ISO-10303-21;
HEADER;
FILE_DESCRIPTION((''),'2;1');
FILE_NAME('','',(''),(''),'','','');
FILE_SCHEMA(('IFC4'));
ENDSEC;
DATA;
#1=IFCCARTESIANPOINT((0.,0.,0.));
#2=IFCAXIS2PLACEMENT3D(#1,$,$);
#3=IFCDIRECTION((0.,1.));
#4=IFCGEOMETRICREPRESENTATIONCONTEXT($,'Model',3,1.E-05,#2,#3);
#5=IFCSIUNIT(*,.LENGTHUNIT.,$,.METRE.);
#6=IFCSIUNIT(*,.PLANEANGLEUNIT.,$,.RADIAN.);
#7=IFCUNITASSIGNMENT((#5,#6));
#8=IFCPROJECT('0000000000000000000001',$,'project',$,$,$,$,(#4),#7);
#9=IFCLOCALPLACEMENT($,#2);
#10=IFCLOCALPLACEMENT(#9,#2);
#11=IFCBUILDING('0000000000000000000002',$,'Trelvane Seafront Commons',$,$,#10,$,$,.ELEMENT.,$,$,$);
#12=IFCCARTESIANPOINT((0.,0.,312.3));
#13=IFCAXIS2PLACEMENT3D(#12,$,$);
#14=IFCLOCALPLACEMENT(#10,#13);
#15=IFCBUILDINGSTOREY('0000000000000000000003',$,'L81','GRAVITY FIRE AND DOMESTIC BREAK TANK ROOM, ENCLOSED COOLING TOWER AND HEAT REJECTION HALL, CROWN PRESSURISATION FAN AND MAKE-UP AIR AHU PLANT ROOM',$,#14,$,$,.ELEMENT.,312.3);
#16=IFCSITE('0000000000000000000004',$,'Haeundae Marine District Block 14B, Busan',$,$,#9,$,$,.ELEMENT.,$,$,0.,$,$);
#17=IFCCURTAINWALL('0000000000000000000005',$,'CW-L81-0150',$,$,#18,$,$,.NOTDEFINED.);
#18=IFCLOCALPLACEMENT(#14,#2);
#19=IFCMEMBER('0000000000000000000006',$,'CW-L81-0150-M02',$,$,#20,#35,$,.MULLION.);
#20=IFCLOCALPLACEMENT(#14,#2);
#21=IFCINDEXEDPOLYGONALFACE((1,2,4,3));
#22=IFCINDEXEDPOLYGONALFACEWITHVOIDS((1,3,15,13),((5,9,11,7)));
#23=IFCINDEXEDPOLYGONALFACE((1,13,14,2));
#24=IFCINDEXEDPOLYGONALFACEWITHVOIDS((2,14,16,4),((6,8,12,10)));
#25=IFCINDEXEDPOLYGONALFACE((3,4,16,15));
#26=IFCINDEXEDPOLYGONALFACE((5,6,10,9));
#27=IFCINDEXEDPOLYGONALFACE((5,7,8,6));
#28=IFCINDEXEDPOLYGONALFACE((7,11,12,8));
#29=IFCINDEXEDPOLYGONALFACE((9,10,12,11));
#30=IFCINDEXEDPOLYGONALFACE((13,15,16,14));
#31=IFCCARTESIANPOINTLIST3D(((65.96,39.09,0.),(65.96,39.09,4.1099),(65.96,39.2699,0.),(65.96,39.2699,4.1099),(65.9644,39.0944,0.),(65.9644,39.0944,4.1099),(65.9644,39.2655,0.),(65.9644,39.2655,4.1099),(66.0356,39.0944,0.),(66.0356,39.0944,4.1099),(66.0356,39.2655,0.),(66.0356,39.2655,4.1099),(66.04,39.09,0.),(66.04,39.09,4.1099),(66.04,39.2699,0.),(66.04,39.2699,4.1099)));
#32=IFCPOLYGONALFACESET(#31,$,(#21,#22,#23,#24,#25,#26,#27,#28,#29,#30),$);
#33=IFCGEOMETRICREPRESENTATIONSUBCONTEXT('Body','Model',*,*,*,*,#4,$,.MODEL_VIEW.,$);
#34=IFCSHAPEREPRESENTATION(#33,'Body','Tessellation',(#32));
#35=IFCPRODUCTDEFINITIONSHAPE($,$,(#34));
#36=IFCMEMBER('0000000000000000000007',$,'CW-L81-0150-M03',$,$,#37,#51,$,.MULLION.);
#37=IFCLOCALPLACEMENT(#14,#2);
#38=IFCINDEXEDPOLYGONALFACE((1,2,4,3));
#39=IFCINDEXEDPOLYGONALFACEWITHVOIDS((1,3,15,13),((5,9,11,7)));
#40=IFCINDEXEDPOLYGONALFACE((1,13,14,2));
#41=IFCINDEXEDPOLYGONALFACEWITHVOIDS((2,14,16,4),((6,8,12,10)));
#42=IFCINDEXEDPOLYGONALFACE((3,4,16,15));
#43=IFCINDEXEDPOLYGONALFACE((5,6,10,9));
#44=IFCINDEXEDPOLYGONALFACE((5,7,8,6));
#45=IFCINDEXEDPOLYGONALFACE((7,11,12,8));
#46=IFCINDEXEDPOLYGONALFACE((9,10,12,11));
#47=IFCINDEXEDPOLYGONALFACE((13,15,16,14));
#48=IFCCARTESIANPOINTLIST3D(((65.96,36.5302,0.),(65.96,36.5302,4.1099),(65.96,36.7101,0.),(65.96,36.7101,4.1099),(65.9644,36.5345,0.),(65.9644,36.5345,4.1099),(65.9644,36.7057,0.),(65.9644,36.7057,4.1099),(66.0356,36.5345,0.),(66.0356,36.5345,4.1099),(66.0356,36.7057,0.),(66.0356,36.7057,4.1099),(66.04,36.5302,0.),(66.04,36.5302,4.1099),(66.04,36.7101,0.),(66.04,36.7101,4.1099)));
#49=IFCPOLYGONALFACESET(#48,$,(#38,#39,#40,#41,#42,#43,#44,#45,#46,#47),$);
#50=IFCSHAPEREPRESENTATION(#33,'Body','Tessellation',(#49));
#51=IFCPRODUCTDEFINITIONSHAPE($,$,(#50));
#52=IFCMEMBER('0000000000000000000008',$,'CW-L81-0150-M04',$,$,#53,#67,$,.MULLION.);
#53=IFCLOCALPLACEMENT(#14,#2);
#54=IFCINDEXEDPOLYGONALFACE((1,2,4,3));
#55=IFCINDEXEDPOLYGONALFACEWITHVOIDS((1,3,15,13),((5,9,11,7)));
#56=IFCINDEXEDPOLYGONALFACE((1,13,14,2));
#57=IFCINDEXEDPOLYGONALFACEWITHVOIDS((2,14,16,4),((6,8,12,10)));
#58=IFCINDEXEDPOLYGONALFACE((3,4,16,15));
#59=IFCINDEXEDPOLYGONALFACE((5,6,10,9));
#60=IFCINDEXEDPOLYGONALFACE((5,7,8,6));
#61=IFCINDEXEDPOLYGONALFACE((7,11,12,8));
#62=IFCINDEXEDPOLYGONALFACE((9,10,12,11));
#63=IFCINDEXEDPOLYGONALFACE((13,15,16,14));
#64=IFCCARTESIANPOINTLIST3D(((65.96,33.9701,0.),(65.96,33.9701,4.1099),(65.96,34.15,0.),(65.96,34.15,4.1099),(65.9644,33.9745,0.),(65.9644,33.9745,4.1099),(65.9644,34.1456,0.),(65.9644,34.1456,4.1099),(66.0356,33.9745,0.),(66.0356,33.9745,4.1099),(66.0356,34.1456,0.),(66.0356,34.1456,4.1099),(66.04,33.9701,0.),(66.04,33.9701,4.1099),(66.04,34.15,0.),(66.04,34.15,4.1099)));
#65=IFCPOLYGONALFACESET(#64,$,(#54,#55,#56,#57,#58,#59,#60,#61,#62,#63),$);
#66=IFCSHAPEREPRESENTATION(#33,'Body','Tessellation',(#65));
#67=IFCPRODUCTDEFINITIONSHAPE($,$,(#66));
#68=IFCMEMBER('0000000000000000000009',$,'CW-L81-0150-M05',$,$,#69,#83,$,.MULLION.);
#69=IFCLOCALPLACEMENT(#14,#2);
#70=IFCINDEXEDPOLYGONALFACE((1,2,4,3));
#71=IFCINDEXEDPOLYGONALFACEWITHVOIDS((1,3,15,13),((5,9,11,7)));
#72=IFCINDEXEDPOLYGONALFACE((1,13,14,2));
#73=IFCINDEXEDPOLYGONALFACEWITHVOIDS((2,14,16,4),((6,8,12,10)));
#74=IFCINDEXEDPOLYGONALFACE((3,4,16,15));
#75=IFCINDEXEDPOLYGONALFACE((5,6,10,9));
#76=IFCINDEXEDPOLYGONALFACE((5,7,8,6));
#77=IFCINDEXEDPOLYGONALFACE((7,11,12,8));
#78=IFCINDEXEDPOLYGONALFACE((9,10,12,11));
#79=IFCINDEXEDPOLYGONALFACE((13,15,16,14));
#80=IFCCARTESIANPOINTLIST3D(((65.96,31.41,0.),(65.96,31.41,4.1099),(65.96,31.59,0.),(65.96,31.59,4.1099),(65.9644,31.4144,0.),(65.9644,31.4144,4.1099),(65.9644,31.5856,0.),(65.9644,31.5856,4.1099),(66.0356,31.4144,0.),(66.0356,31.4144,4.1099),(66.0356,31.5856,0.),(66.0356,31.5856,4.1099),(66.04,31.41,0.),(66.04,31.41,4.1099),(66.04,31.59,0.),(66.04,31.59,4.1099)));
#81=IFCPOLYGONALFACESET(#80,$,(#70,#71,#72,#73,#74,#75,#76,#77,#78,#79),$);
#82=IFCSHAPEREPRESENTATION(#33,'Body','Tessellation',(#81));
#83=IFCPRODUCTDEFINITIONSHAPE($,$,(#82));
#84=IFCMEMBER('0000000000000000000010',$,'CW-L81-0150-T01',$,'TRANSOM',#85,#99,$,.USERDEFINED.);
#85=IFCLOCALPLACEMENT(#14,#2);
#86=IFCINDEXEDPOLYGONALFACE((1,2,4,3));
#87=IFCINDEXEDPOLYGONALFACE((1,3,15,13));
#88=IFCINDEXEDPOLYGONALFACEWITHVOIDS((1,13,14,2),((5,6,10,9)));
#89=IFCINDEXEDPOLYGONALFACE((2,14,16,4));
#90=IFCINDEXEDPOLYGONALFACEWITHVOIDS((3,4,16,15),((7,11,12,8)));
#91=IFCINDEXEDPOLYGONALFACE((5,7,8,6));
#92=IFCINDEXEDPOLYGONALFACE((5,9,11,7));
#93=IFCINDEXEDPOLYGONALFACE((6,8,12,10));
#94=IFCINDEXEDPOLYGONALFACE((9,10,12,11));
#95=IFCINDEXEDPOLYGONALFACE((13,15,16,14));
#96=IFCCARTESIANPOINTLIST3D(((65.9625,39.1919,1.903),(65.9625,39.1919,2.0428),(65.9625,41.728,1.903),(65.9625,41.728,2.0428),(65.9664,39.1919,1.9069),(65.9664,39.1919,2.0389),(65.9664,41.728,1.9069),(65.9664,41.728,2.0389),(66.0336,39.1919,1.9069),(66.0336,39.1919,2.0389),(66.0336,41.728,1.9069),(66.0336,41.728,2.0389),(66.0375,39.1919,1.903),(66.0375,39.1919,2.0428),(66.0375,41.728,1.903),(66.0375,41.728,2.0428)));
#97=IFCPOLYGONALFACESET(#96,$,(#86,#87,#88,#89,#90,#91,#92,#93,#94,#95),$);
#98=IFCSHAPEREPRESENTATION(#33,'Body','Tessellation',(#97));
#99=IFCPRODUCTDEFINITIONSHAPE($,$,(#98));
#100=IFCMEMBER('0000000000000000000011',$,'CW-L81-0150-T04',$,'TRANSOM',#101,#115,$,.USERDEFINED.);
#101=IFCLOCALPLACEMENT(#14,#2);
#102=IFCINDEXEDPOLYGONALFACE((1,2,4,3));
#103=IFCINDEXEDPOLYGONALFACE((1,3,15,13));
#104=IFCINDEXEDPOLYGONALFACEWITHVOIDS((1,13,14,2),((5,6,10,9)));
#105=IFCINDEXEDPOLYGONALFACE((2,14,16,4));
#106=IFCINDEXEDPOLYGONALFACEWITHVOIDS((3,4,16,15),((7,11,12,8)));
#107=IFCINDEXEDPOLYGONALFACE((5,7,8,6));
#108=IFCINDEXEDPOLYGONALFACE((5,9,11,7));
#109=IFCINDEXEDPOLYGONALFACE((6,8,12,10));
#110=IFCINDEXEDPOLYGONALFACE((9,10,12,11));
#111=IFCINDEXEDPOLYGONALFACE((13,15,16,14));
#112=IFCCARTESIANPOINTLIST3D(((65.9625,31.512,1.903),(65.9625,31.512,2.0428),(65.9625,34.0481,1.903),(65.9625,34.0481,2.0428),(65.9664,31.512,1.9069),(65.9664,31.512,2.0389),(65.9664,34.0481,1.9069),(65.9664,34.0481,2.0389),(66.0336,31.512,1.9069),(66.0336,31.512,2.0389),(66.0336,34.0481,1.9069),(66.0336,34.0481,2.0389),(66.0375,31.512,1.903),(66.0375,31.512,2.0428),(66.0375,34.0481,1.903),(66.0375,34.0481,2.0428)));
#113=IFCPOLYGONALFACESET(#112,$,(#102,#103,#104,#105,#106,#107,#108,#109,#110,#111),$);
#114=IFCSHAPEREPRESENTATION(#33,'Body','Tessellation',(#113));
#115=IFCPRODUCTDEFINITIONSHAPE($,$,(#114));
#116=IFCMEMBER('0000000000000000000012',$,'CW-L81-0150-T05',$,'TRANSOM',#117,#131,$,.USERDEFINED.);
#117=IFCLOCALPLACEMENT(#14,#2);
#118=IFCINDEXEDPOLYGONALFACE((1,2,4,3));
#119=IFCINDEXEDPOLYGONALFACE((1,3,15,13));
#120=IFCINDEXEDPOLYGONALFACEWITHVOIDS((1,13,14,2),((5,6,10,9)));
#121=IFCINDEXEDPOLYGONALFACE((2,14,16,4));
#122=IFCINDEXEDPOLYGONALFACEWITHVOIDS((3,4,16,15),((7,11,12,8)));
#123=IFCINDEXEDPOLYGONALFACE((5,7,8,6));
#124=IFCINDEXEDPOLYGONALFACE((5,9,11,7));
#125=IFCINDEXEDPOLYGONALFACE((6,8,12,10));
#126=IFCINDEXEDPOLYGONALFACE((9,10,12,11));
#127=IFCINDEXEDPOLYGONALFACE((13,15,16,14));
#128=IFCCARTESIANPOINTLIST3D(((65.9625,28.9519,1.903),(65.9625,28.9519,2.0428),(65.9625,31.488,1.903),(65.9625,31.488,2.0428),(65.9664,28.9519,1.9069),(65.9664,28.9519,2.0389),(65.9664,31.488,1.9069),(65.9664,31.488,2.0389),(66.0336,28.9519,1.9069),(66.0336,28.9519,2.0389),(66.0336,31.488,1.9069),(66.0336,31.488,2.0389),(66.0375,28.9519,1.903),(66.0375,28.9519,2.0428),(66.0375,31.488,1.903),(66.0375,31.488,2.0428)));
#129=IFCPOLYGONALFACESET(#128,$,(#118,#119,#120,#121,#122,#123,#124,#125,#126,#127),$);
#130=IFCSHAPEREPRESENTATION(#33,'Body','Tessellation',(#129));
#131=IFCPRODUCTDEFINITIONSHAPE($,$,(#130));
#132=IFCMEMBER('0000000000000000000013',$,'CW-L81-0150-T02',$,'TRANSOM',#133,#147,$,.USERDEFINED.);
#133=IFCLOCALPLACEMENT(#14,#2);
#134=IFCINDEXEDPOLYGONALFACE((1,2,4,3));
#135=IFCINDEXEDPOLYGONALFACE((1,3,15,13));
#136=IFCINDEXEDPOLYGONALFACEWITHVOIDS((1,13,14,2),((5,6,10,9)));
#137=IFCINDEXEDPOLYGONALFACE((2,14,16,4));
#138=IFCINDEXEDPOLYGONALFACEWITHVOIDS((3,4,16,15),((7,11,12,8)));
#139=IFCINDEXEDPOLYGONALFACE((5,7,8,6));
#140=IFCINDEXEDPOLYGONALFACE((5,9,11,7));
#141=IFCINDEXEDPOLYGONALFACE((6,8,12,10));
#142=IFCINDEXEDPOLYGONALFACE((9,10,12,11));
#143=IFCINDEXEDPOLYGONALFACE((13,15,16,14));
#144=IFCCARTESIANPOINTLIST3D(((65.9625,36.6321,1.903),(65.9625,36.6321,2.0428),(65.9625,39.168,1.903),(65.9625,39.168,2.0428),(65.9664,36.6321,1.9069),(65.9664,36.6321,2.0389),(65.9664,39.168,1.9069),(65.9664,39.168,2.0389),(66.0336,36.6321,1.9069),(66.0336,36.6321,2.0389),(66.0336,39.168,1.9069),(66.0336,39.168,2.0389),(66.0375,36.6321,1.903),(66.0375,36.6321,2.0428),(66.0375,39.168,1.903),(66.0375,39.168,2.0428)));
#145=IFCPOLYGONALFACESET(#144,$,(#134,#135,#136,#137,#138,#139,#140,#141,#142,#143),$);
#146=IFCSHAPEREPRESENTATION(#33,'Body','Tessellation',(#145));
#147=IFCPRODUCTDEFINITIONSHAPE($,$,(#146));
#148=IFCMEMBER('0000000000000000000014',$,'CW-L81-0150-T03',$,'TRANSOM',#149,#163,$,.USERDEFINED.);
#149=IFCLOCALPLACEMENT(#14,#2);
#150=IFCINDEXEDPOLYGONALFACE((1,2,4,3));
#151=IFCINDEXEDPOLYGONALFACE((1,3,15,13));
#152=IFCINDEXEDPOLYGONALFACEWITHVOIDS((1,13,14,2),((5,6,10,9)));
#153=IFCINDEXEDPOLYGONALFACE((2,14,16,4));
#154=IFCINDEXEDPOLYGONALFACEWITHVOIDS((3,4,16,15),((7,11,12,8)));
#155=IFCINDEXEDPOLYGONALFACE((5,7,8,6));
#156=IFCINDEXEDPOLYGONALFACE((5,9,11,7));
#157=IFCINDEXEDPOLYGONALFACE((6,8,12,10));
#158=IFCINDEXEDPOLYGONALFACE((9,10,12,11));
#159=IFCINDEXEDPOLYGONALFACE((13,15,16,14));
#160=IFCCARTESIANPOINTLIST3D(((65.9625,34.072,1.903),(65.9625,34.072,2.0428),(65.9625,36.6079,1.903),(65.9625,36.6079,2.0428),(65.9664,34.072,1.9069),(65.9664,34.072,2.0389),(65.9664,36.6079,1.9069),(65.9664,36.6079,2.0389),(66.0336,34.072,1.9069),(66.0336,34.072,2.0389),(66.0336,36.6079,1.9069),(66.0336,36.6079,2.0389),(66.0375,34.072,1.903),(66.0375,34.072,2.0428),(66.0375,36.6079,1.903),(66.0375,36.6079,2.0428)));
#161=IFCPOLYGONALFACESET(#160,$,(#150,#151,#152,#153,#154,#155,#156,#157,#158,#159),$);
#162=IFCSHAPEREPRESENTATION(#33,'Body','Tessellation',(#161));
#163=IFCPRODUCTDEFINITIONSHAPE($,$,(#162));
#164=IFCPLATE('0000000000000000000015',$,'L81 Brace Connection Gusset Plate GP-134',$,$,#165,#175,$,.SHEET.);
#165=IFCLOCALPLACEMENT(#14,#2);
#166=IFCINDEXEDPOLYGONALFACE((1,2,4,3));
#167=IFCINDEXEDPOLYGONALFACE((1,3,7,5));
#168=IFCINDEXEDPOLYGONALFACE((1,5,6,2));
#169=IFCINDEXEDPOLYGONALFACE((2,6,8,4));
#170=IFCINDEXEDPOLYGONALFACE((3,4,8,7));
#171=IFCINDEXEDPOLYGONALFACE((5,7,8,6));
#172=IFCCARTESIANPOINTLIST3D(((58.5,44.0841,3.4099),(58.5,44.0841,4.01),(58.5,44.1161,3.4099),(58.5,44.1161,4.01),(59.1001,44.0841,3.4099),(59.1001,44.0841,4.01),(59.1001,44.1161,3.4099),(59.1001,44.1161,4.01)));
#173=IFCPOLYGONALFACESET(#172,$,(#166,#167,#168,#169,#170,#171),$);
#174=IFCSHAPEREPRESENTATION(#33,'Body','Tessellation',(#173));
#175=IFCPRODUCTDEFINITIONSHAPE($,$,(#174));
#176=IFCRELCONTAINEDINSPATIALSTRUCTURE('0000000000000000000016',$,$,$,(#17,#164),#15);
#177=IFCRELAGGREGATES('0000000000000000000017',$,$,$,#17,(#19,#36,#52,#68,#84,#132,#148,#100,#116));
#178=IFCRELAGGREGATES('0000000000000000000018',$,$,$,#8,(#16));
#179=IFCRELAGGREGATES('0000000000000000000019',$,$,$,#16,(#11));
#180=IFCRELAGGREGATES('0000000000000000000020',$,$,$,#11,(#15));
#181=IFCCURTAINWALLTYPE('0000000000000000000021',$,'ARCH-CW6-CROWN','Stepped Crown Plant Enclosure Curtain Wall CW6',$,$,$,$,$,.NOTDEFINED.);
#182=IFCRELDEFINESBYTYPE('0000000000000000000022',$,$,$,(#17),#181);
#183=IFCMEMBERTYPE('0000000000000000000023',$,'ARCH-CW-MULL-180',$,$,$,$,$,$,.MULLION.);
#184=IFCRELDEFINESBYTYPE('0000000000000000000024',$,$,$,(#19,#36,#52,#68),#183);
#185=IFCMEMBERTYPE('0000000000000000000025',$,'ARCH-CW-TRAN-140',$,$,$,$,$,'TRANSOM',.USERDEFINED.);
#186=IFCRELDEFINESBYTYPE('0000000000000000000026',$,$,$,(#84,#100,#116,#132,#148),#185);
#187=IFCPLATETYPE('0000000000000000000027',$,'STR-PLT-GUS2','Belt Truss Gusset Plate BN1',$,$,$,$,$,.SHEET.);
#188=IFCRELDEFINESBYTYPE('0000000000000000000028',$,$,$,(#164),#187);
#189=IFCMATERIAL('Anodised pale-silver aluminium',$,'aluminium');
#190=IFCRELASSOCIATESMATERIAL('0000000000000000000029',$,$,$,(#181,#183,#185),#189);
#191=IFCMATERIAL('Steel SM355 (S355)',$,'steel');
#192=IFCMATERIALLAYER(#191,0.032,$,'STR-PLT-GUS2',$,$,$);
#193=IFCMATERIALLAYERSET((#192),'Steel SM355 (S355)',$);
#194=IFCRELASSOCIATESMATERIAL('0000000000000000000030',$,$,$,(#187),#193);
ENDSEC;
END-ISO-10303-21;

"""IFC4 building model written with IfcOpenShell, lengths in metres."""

from ifc_helpers import new_model, si_unit, direction, frame, origin, origin_2d, place, context, subcontext, project, spatial, rectangle, hollow_rectangle, extrude, source, transform, mapped, material, layer, layer_set, material_profile, profile_set, type_object, element, aggregate, save


model = new_model("IFC4")

# Units and contexts
model_context = context("Model", 3, precision=1e-05, world=origin(), true_north=direction((0.0, 1.0)))
body_context = subcontext(model_context, "Body", "Model", "MODEL_VIEW")
ifc_project = project(units=[si_unit("LENGTHUNIT", "METRE"), si_unit("PLANEANGLEUNIT", "RADIAN")], contexts=[model_context])

# Site, building, storey
site_placement = place(None, origin())
site = spatial("IfcSite", under=ifc_project, at=site_placement, Name="Haeundae Marine District Block 14B, Busan", CompositionType="ELEMENT", RefElevation=0.0)
building_placement = place(site_placement, origin())
building = spatial("IfcBuilding", under=site, at=building_placement, Name="Trelvane Seafront Commons", CompositionType="ELEMENT")
storey_placement = place(building_placement, frame((0.0, 0.0, 312.3)))
storey = spatial("IfcBuildingStorey", under=building, at=storey_placement, Name="L81", Description="GRAVITY FIRE AND DOMESTIC BREAK TANK ROOM, ENCLOSED COOLING TOWER AND HEAT REJECTION HALL, CROWN PRESSURISATION FAN AND MAKE-UP AIR AHU PLANT ROOM", CompositionType="ELEMENT", Elevation=312.3)

# Shared definitions
ifc_material_1 = material(Name="Steel SM355 (S355)", Category="steel")

# Curtain wall, members
ifc_material_2 = material(Name="Anodised pale-silver aluminium", Category="aluminium")
curtain_wall_type = type_object("IfcCurtainWallType", Name="ARCH-CW6-CROWN", Description="Stepped Crown Plant Enclosure Curtain Wall CW6", PredefinedType="NOTDEFINED", material=ifc_material_2)
curtain_wall_placement = place(storey_placement, origin())
curtain_wall = element("IfcCurtainWall", 1, at=curtain_wall_placement, inside=storey, type_object=curtain_wall_type, Name="CW-L81-0150", PredefinedType="NOTDEFINED")
ifc_material_profile_1 = material_profile(ifc_material_2, hollow_rectangle(XDim=0.0801, YDim=0.1799, WallThickness=0.0044, at=origin_2d()), Name="MULL-80x180x4.5")
ifc_profile_set_1 = profile_set([ifc_material_profile_1], Name="Anodised pale-silver aluminium")
member_type_1 = type_object("IfcMemberType", Name="ARCH-CW-MULL-180", PredefinedType="MULLION", material=ifc_profile_set_1)
shared_shape_1 = source(origin(), body_context, "Body", "SweptSolid", [
    extrude(hollow_rectangle(XDim=0.0801, YDim=0.1799, WallThickness=0.0044, at=origin_2d()), origin(), (0.0, 0.0, 1.0), 4.1099),
])
member_1_placement = place(storey_placement, frame((66.0, 39.1799, 0.0), z_axis=(0.0, 0.0, 1.0), x_axis=(1.0, 0.0, 0.0)))
member_1 = element("IfcMember", 2, at=member_1_placement, type_object=member_type_1, Name="CW-L81-0150-M02", PredefinedType="MULLION", context=body_context, shape_type="MappedRepresentation", body=[
    mapped(shared_shape_1, transform((0.0, 0.0, 0.0), x_axis=(1.0, 0.0, 0.0), y_axis=(0.0, 1.0, 0.0), z_axis=(0.0, 0.0, 1.0), scale=1.0)),
])
member_2_placement = place(storey_placement, frame((66.0, 36.6201, 0.0), z_axis=(0.0, 0.0, 1.0), x_axis=(1.0, 0.0, 0.0)))
member_2 = element("IfcMember", 3, at=member_2_placement, type_object=member_type_1, Name="CW-L81-0150-M03", PredefinedType="MULLION", context=body_context, shape_type="MappedRepresentation", body=[
    mapped(shared_shape_1, transform((0.0, 0.0, 0.0), x_axis=(1.0, 0.0, 0.0), y_axis=(0.0, 1.0, 0.0), z_axis=(0.0, 0.0, 1.0), scale=1.0)),
])
member_3_placement = place(storey_placement, frame((66.0, 34.0601, 0.0), z_axis=(0.0, 0.0, 1.0), x_axis=(1.0, 0.0, 0.0)))
member_3 = element("IfcMember", 4, at=member_3_placement, type_object=member_type_1, Name="CW-L81-0150-M04", PredefinedType="MULLION", context=body_context, shape_type="MappedRepresentation", body=[
    mapped(shared_shape_1, transform((0.0, 0.0, 0.0), x_axis=(1.0, 0.0, 0.0), y_axis=(0.0, 1.0, 0.0), z_axis=(0.0, 0.0, 1.0), scale=1.0)),
])
member_4_placement = place(storey_placement, frame((66.0, 31.5, 0.0), z_axis=(0.0, 0.0, 1.0), x_axis=(1.0, 0.0, 0.0)))
member_4 = element("IfcMember", 5, at=member_4_placement, type_object=member_type_1, Name="CW-L81-0150-M05", PredefinedType="MULLION", context=body_context, shape_type="MappedRepresentation", body=[
    mapped(shared_shape_1, transform((0.0, 0.0, 0.0), x_axis=(1.0, 0.0, 0.0), y_axis=(0.0, 1.0, 0.0), z_axis=(0.0, 0.0, 1.0), scale=1.0)),
])
ifc_material_profile_2 = material_profile(ifc_material_2, hollow_rectangle(XDim=0.075, YDim=0.1399, WallThickness=0.0039, at=origin_2d()), Name="TRAN-75x140x4")
ifc_profile_set_2 = profile_set([ifc_material_profile_2], Name="Anodised pale-silver aluminium")
member_type_2 = type_object("IfcMemberType", Name="ARCH-CW-TRAN-140", ElementType="TRANSOM", PredefinedType="USERDEFINED", material=ifc_profile_set_2)
shared_shape_2 = source(origin(), body_context, "Body", "SweptSolid", [
    extrude(hollow_rectangle(XDim=0.075, YDim=0.1399, WallThickness=0.0039, at=origin_2d()), origin(), (0.0, 0.0, 1.0), 2.5361),
])
member_5_placement = place(storey_placement, frame((66.0, 41.728, 1.9729), z_axis=(0.0, -1.0, 0.0), x_axis=(1.0, 0.0, 0.0)))
member_5 = element("IfcMember", 6, at=member_5_placement, type_object=member_type_2, Name="CW-L81-0150-T01", ObjectType="TRANSOM", PredefinedType="USERDEFINED", context=body_context, shape_type="MappedRepresentation", body=[
    mapped(shared_shape_2, transform((0.0, 0.0, 0.0), x_axis=(1.0, 0.0, 0.0), y_axis=(0.0, 1.0, 0.0), z_axis=(0.0, 0.0, 1.0), scale=1.0)),
])
member_6_placement = place(storey_placement, frame((66.0, 34.0481, 1.9729), z_axis=(0.0, -1.0, 0.0), x_axis=(1.0, 0.0, 0.0)))
member_6 = element("IfcMember", 7, at=member_6_placement, type_object=member_type_2, Name="CW-L81-0150-T04", ObjectType="TRANSOM", PredefinedType="USERDEFINED", context=body_context, shape_type="MappedRepresentation", body=[
    mapped(shared_shape_2, transform((0.0, 0.0, 0.0), x_axis=(1.0, 0.0, 0.0), y_axis=(0.0, 1.0, 0.0), z_axis=(0.0, 0.0, 1.0), scale=1.0)),
])
member_7_placement = place(storey_placement, frame((66.0, 31.488, 1.9729), z_axis=(0.0, -1.0, 0.0), x_axis=(1.0, 0.0, 0.0)))
member_7 = element("IfcMember", 8, at=member_7_placement, type_object=member_type_2, Name="CW-L81-0150-T05", ObjectType="TRANSOM", PredefinedType="USERDEFINED", context=body_context, shape_type="MappedRepresentation", body=[
    mapped(shared_shape_2, transform((0.0, 0.0, 0.0), x_axis=(1.0, 0.0, 0.0), y_axis=(0.0, 1.0, 0.0), z_axis=(0.0, 0.0, 1.0), scale=1.0)),
])
shared_shape_3 = source(origin(), body_context, "Body", "SweptSolid", [
    extrude(hollow_rectangle(XDim=0.075, YDim=0.1399, WallThickness=0.0039, at=origin_2d()), origin(), (0.0, 0.0, 1.0), 2.5359),
])
member_8_placement = place(storey_placement, frame((66.0, 39.168, 1.9729), z_axis=(0.0, -1.0, 0.0), x_axis=(1.0, 0.0, 0.0)))
member_8 = element("IfcMember", 9, at=member_8_placement, type_object=member_type_2, Name="CW-L81-0150-T02", ObjectType="TRANSOM", PredefinedType="USERDEFINED", context=body_context, shape_type="MappedRepresentation", body=[
    mapped(shared_shape_3, transform((0.0, 0.0, 0.0), x_axis=(1.0, 0.0, 0.0), y_axis=(0.0, 1.0, 0.0), z_axis=(0.0, 0.0, 1.0), scale=1.0)),
])
member_9_placement = place(storey_placement, frame((66.0, 36.6079, 1.9729), z_axis=(0.0, -1.0, 0.0), x_axis=(1.0, 0.0, 0.0)))
member_9 = element("IfcMember", 10, at=member_9_placement, type_object=member_type_2, Name="CW-L81-0150-T03", ObjectType="TRANSOM", PredefinedType="USERDEFINED", context=body_context, shape_type="MappedRepresentation", body=[
    mapped(shared_shape_3, transform((0.0, 0.0, 0.0), x_axis=(1.0, 0.0, 0.0), y_axis=(0.0, 1.0, 0.0), z_axis=(0.0, 0.0, 1.0), scale=1.0)),
])

# Plate
ifc_layer_1 = layer(ifc_material_1, 0.032, Name="STR-PLT-GUS2")
ifc_layer_set_1 = layer_set([ifc_layer_1], Name="Steel SM355 (S355)")
plate_type_1 = type_object("IfcPlateType", Name="STR-PLT-GUS2", Description="Belt Truss Gusset Plate BN1", PredefinedType="SHEET", material=ifc_layer_set_1)
shared_shape_4 = source(origin(), body_context, "Body", "SweptSolid", [
    extrude(rectangle(XDim=0.6001, YDim=0.032, at=origin_2d()), origin(), (0.0, 0.0, 1.0), 0.6001),
])
plate_1_placement = place(storey_placement, frame((58.8, 44.1001, 3.4099), z_axis=(0.0, 0.0, 1.0), x_axis=(1.0, 0.0, 0.0)))
element("IfcPlate", 11, at=plate_1_placement, inside=storey, type_object=plate_type_1, Name="L81 Brace Connection Gusset Plate GP-134", PredefinedType="SHEET", context=body_context, shape_type="MappedRepresentation", body=[
    mapped(shared_shape_4, transform((0.0, 0.0, 0.0), x_axis=(1.0, 0.0, 0.0), y_axis=(0.0, 1.0, 0.0), z_axis=(0.0, 0.0, 1.0), scale=1.0)),
])
aggregate(curtain_wall, [member_1, member_2, member_3, member_4, member_5, member_8, member_9, member_6, member_7])

save(model, "model.ifc")
